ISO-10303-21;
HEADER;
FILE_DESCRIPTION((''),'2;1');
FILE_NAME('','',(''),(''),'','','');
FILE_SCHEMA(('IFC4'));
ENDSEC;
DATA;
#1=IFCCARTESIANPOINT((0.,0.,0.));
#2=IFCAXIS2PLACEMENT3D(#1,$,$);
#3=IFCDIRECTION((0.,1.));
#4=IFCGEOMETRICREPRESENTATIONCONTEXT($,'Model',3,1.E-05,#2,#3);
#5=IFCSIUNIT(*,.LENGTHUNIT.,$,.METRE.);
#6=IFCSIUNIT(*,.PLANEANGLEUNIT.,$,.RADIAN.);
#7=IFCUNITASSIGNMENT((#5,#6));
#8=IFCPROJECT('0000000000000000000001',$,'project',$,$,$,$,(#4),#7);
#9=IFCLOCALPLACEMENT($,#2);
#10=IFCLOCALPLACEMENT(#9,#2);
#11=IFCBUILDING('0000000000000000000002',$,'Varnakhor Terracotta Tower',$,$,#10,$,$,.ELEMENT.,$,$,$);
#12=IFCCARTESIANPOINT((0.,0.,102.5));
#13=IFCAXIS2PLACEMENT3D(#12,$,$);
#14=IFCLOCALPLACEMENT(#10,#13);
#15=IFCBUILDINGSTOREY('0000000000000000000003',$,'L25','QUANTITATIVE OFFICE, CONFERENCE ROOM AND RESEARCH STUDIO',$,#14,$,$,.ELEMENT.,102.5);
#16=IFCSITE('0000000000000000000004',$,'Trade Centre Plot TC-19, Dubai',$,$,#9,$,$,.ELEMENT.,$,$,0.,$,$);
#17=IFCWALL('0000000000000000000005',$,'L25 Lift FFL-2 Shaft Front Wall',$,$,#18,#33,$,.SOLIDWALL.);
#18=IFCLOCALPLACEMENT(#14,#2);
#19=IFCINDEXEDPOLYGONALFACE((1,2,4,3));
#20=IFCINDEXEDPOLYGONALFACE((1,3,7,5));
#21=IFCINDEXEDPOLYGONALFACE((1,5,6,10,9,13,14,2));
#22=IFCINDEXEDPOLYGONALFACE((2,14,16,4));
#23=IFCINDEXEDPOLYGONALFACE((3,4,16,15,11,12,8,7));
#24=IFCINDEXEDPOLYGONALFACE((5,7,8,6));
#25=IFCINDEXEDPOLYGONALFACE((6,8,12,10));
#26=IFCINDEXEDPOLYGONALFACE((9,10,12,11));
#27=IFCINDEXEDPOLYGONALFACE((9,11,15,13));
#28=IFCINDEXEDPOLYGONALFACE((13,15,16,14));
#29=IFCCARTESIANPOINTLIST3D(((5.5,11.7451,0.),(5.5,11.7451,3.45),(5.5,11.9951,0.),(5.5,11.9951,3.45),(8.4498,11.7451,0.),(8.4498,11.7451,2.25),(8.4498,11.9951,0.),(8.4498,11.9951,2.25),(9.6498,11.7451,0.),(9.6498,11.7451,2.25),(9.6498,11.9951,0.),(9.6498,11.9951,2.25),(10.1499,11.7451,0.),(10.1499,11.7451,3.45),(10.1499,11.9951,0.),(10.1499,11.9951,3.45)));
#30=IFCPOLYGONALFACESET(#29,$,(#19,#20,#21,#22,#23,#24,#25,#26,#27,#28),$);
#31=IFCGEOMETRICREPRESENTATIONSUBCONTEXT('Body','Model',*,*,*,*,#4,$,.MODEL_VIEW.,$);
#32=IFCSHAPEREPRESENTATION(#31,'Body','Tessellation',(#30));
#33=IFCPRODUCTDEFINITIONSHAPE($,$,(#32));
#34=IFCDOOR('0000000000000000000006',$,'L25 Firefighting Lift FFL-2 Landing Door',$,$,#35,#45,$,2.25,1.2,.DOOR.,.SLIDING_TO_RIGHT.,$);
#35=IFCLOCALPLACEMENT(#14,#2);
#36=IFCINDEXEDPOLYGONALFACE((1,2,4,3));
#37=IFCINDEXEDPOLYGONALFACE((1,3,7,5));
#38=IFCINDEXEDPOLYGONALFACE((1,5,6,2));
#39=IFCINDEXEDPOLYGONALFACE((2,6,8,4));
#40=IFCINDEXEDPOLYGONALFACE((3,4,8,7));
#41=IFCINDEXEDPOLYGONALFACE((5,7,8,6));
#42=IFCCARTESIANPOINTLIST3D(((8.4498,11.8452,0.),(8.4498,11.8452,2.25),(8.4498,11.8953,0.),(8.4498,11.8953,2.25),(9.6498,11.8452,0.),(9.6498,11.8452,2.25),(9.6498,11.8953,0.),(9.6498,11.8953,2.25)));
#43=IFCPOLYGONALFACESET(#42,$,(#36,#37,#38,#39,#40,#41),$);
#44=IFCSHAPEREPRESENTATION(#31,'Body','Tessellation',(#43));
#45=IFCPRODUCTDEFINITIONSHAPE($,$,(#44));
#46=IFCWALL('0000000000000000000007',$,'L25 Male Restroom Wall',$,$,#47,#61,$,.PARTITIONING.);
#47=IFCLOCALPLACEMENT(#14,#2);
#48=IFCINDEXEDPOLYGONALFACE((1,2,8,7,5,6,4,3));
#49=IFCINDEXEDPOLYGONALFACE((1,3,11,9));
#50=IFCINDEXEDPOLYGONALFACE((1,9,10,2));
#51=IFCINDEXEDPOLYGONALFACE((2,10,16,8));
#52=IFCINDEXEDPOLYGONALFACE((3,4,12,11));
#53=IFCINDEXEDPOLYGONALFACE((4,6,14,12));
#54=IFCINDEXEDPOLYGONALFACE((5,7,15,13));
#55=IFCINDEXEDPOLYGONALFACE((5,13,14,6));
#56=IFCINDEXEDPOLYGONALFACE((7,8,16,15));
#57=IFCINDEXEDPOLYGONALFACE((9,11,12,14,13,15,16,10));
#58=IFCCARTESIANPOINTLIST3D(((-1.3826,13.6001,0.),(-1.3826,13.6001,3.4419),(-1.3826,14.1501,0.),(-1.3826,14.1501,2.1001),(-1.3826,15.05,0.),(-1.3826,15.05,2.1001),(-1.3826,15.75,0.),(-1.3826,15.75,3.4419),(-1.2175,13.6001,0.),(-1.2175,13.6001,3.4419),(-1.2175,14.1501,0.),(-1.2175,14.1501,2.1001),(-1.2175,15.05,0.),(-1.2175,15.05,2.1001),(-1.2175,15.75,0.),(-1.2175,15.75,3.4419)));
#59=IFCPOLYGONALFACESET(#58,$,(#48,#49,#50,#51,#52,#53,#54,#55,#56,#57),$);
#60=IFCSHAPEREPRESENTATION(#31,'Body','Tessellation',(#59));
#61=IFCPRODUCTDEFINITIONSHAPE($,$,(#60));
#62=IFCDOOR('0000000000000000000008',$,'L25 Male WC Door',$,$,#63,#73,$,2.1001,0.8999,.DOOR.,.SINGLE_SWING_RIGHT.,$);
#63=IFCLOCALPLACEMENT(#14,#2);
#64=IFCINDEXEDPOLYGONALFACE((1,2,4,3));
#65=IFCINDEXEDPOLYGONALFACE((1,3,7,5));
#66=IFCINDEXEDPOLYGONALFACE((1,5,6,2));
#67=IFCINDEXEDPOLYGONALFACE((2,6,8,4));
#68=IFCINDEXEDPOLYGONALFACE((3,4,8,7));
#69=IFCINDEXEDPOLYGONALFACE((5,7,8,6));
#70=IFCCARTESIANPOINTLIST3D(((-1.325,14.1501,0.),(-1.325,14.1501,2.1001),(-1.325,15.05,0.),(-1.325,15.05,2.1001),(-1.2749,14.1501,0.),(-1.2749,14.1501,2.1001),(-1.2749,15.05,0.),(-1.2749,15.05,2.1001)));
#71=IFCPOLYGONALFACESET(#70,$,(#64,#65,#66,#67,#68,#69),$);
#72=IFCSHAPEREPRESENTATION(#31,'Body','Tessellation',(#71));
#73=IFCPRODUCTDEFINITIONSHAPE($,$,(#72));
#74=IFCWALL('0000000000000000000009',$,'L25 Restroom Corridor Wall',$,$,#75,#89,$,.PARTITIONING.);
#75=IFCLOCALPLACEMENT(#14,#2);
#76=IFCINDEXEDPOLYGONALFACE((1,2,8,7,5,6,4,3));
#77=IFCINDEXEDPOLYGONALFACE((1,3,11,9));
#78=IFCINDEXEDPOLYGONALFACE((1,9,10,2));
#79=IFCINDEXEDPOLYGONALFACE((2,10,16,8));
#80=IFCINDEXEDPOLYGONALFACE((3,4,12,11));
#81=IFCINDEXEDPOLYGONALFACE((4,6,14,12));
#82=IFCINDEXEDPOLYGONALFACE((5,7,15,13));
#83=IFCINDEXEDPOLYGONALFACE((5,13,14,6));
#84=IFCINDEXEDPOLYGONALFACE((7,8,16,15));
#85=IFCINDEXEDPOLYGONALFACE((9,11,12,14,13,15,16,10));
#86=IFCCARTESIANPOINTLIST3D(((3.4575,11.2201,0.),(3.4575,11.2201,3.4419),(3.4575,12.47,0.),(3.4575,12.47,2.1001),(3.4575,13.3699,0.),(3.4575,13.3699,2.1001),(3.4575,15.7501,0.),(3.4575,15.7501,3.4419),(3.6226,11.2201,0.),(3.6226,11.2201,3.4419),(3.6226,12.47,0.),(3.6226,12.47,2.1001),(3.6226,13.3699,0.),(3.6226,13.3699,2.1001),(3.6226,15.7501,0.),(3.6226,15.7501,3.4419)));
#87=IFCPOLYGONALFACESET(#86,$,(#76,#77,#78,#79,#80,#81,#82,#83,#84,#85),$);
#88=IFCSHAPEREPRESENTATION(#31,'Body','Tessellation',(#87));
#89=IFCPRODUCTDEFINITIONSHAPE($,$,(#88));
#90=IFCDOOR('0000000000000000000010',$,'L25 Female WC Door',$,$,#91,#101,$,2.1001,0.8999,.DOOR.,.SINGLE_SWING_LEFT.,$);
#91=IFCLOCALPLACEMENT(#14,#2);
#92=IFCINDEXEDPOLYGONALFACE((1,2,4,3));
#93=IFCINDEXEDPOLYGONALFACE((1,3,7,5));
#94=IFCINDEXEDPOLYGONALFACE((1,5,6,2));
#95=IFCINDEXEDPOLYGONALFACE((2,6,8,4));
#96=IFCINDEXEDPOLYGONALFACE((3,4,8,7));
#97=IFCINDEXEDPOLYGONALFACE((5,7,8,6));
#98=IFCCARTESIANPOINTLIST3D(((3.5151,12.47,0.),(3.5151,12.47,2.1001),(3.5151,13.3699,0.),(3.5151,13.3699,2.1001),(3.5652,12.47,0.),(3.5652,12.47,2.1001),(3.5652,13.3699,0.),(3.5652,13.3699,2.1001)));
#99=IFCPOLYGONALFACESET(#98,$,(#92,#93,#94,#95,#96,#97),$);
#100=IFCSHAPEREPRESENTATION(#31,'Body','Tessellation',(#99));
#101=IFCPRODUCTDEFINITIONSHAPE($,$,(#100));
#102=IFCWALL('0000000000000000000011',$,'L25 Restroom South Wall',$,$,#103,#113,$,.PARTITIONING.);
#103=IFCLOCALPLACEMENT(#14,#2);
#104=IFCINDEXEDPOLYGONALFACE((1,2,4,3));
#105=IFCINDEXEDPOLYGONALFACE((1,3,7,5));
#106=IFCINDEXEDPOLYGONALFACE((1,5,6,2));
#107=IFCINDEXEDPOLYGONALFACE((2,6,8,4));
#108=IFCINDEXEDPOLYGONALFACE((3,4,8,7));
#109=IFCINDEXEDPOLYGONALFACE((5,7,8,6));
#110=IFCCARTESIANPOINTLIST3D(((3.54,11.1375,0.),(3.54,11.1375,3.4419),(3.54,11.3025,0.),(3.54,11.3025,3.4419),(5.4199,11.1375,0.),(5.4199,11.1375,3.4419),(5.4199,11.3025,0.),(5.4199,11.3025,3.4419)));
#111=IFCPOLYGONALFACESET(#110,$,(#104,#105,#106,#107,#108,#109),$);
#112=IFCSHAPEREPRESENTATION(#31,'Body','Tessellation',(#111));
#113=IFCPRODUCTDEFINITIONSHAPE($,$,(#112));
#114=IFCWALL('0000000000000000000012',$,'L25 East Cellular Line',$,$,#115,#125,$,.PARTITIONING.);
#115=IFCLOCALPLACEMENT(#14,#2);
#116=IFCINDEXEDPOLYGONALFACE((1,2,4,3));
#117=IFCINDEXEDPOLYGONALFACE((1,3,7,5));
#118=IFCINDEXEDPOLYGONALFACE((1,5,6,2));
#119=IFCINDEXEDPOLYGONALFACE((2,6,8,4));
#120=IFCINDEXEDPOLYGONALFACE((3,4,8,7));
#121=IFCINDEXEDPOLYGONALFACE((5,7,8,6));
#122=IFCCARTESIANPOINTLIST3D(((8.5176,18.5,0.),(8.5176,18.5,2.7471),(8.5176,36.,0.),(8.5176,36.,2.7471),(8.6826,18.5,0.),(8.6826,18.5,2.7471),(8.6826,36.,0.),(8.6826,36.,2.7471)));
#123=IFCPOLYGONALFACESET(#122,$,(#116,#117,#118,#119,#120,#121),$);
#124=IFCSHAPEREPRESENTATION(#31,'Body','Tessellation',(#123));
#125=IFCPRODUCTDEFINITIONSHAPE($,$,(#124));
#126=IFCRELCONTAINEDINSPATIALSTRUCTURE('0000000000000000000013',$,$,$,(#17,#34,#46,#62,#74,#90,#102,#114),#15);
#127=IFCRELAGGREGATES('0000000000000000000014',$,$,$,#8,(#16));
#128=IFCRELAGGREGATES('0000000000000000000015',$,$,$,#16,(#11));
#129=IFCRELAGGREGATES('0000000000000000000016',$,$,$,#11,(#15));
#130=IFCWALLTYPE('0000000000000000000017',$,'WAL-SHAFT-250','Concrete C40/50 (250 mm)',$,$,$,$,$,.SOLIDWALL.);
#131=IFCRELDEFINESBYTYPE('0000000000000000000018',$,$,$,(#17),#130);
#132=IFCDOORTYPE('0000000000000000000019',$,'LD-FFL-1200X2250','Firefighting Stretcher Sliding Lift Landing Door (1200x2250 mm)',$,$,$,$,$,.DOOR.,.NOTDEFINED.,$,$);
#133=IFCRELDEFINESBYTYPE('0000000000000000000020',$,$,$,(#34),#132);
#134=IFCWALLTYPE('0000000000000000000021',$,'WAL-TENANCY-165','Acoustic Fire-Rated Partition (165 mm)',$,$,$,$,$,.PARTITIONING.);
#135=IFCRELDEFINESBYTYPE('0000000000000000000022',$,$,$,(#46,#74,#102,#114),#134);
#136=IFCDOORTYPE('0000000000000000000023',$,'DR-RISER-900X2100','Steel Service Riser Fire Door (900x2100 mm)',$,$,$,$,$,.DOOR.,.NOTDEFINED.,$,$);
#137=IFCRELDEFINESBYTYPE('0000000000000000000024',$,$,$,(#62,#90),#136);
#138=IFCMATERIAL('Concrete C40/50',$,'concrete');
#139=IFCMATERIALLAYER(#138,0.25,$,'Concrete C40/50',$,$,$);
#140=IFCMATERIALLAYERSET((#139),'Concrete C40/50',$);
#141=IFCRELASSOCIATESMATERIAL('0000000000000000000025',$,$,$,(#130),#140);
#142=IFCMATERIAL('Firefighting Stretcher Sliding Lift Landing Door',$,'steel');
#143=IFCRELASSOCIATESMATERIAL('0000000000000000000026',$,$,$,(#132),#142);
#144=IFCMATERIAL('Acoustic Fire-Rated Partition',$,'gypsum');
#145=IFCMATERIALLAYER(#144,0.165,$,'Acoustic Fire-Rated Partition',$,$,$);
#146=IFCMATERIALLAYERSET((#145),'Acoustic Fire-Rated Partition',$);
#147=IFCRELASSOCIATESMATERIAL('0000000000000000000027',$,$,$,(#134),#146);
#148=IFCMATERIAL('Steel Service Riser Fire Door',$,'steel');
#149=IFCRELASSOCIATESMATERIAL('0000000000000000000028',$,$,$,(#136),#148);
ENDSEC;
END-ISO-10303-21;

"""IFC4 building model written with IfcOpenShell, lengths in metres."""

from ifc_helpers import new_model, si_unit, direction, frame, frame_2d, origin, place, context, subcontext, project, spatial, rectangle, extrude, source, transform, mapped, material, layer, layer_set, type_object, type_shapes, element, fill, save


model = new_model("IFC4")

# Units and contexts
model_context = context("Model", 3, precision=1e-05, world=origin(), true_north=direction((0.0, 1.0)))
body_context = subcontext(model_context, "Body", "Model", "MODEL_VIEW")
ifc_project = project(units=[si_unit("LENGTHUNIT", "METRE"), si_unit("PLANEANGLEUNIT", "RADIAN")], contexts=[model_context])

# Site, building, storey
site_placement = place(None, origin())
site = spatial("IfcSite", under=ifc_project, at=site_placement, Name="Trade Centre Plot TC-19, Dubai", CompositionType="ELEMENT", RefElevation=0.0)
building_placement = place(site_placement, origin())
building = spatial("IfcBuilding", under=site, at=building_placement, Name="Varnakhor Terracotta Tower", CompositionType="ELEMENT")
storey_placement = place(building_placement, frame((0.0, 0.0, 102.5)))
storey = spatial("IfcBuildingStorey", under=building, at=storey_placement, Name="L25", Description="QUANTITATIVE OFFICE, CONFERENCE ROOM AND RESEARCH STUDIO", CompositionType="ELEMENT", Elevation=102.5)

# Shared definitions
ifc_material_1 = material(Name="Concrete C40/50", Category="concrete")

# Walls, openings, doors
ifc_layer_1 = layer(ifc_material_1, 0.25, Name="Concrete C40/50")
ifc_layer_set_1 = layer_set([ifc_layer_1], Name="Concrete C40/50")
wall_type_1 = type_object("IfcWallType", Name="WAL-SHAFT-250", Description="Concrete C40/50 (250 mm)", PredefinedType="SOLIDWALL", material=ifc_layer_set_1)
wall_1_placement = place(storey_placement, frame((10.1499, 11.8701, 0.0), z_axis=(0.0, 0.0, 1.0), x_axis=(-1.0, 0.0, 0.0)))
wall_1 = element("IfcWall", 1, at=wall_1_placement, inside=storey, type_object=wall_type_1, Name="L25 Lift FFL-2 Shaft Front Wall", PredefinedType="SOLIDWALL", context=body_context, shape_type="SweptSolid", body=[
    extrude(rectangle(XDim=4.6499, YDim=0.25, at=frame_2d((2.325, 0.0))), origin(), (0.0, 0.0, 1.0), 3.45),
])
opening_1_placement = place(wall_1_placement, frame((0.5, 0.0, 0.0)))
opening_1 = element("IfcOpeningElement", 2, at=opening_1_placement, cuts=wall_1, PredefinedType="OPENING", context=body_context, shape_type="SweptSolid", body=[
    extrude(rectangle(XDim=1.2, YDim=2.25, at=frame_2d((0.6001, 1.125))), frame((0.0, 0.135, 0.0), z_axis=(0.0, -1.0, 0.0), x_axis=(1.0, 0.0, 0.0)), (0.0, 0.0, 1.0), 0.27),
])
ifc_material_2 = material(Name="Firefighting Stretcher Sliding Lift Landing Door", Category="steel")
door_type_1 = type_object("IfcDoorType", Name="LD-FFL-1200X2250", Description="Firefighting Stretcher Sliding Lift Landing Door (1200x2250 mm)", OperationType="NOTDEFINED", PredefinedType="DOOR", material=ifc_material_2)
shared_shape_1 = source(origin(), body_context, "Body", "SweptSolid", [
    extrude(rectangle(XDim=1.2, YDim=2.25, at=frame_2d((0.6001, 1.125))), frame((0.0, 0.0249, 0.0), z_axis=(0.0, -1.0, 0.0), x_axis=(1.0, 0.0, 0.0)), (0.0, 0.0, 1.0), 0.05),
])
type_shapes(door_type_1, [shared_shape_1])
door_1_placement = place(opening_1_placement, origin())
door_1 = element("IfcDoor", 3, at=door_1_placement, inside=storey, type_object=door_type_1, Name="L25 Firefighting Lift FFL-2 Landing Door", OperationType="SLIDING_TO_RIGHT", OverallHeight=2.25, OverallWidth=1.2, PredefinedType="DOOR", context=body_context, shape_type="MappedRepresentation", body=[
    mapped(shared_shape_1, transform((0.0, 0.0, 0.0), scale=1.0)),
])
fill(opening_1, door_1)
ifc_material_3 = material(Name="Acoustic Fire-Rated Partition", Category="gypsum")
ifc_layer_2 = layer(ifc_material_3, 0.165, Name="Acoustic Fire-Rated Partition")
ifc_layer_set_2 = layer_set([ifc_layer_2], Name="Acoustic Fire-Rated Partition")
wall_type_2 = type_object("IfcWallType", Name="WAL-TENANCY-165", Description="Acoustic Fire-Rated Partition (165 mm)", PredefinedType="PARTITIONING", material=ifc_layer_set_2)
wall_2_placement = place(storey_placement, frame((-1.3, 13.6001, 0.0), z_axis=(0.0, 0.0, 1.0), x_axis=(0.0, 1.0, 0.0)))
wall_2 = element("IfcWall", 4, at=wall_2_placement, inside=storey, type_object=wall_type_2, Name="L25 Male Restroom Wall", PredefinedType="PARTITIONING", context=body_context, shape_type="SweptSolid", body=[
    extrude(rectangle(XDim=2.1499, YDim=0.165, at=frame_2d((1.075, 0.0))), origin(), (0.0, 0.0, 1.0), 3.4419),
])
opening_2_placement = place(wall_2_placement, frame((0.55, 0.0, 0.0)))
opening_2 = element("IfcOpeningElement", 5, at=opening_2_placement, cuts=wall_2, PredefinedType="OPENING", context=body_context, shape_type="SweptSolid", body=[
    extrude(rectangle(XDim=0.8999, YDim=2.1001, at=frame_2d((0.45, 1.05))), frame((0.0, 0.0925, 0.0), z_axis=(0.0, -1.0, 0.0), x_axis=(1.0, 0.0, 0.0)), (0.0, 0.0, 1.0), 0.1851),
])
ifc_material_4 = material(Name="Steel Service Riser Fire Door", Category="steel")
door_type_2 = type_object("IfcDoorType", Name="DR-RISER-900X2100", Description="Steel Service Riser Fire Door (900x2100 mm)", OperationType="NOTDEFINED", PredefinedType="DOOR", material=ifc_material_4)
shared_shape_2 = source(origin(), body_context, "Body", "SweptSolid", [
    extrude(rectangle(XDim=0.8999, YDim=2.1001, at=frame_2d((0.45, 1.05))), frame((0.0, 0.0249, 0.0), z_axis=(0.0, -1.0, 0.0), x_axis=(1.0, 0.0, 0.0)), (0.0, 0.0, 1.0), 0.05),
])
type_shapes(door_type_2, [shared_shape_2])
door_2_placement = place(opening_2_placement, origin())
door_2 = element("IfcDoor", 6, at=door_2_placement, inside=storey, type_object=door_type_2, Name="L25 Male WC Door", OperationType="SINGLE_SWING_RIGHT", OverallHeight=2.1001, OverallWidth=0.8999, PredefinedType="DOOR", context=body_context, shape_type="MappedRepresentation", body=[
    mapped(shared_shape_2, transform((0.0, 0.0, 0.0), scale=1.0)),
])
fill(opening_2, door_2)
wall_3_placement = place(storey_placement, frame((3.54, 11.22, 0.0), z_axis=(0.0, 0.0, 1.0), x_axis=(0.0, 1.0, 0.0)))
wall_3 = element("IfcWall", 7, at=wall_3_placement, inside=storey, type_object=wall_type_2, Name="L25 Restroom Corridor Wall", PredefinedType="PARTITIONING", context=body_context, shape_type="SweptSolid", body=[
    extrude(rectangle(XDim=4.53, YDim=0.165, at=frame_2d((2.2651, 0.0))), origin(), (0.0, 0.0, 1.0), 3.4419),
])
opening_3_placement = place(wall_3_placement, frame((1.25, 0.0, 0.0)))
opening_3 = element("IfcOpeningElement", 8, at=opening_3_placement, cuts=wall_3, PredefinedType="OPENING", context=body_context, shape_type="SweptSolid", body=[
    extrude(rectangle(XDim=0.8999, YDim=2.1001, at=frame_2d((0.45, 1.05))), frame((0.0, 0.0925, 0.0), z_axis=(0.0, -1.0, 0.0), x_axis=(1.0, 0.0, 0.0)), (0.0, 0.0, 1.0), 0.1851),
])
door_3_placement = place(opening_3_placement, origin())
door_3 = element("IfcDoor", 9, at=door_3_placement, inside=storey, type_object=door_type_2, Name="L25 Female WC Door", OperationType="SINGLE_SWING_LEFT", OverallHeight=2.1001, OverallWidth=0.8999, PredefinedType="DOOR", context=body_context, shape_type="MappedRepresentation", body=[
    mapped(shared_shape_2, transform((0.0, 0.0, 0.0), scale=1.0)),
])
fill(opening_3, door_3)

# Walls
wall_4_placement = place(storey_placement, frame((3.54, 11.22, 0.0), z_axis=(0.0, 0.0, 1.0), x_axis=(1.0, 0.0, 0.0)))
element("IfcWall", 10, at=wall_4_placement, inside=storey, type_object=wall_type_2, Name="L25 Restroom South Wall", PredefinedType="PARTITIONING", context=body_context, shape_type="SweptSolid", body=[
    extrude(rectangle(XDim=1.8799, YDim=0.165, at=frame_2d((0.9399, 0.0))), origin(), (0.0, 0.0, 1.0), 3.4419),
])
wall_5_placement = place(storey_placement, frame((8.6001, 18.5, 0.0), z_axis=(0.0, 0.0, 1.0), x_axis=(0.0, 1.0, 0.0)))
element("IfcWall", 11, at=wall_5_placement, inside=storey, type_object=wall_type_2, Name="L25 East Cellular Line", PredefinedType="PARTITIONING", context=body_context, shape_type="SweptSolid", body=[
    extrude(rectangle(XDim=17.5, YDim=0.165, at=frame_2d((8.75, 0.0))), origin(), (0.0, 0.0, 1.0), 2.7471),
])

save(model, "model.ifc")
